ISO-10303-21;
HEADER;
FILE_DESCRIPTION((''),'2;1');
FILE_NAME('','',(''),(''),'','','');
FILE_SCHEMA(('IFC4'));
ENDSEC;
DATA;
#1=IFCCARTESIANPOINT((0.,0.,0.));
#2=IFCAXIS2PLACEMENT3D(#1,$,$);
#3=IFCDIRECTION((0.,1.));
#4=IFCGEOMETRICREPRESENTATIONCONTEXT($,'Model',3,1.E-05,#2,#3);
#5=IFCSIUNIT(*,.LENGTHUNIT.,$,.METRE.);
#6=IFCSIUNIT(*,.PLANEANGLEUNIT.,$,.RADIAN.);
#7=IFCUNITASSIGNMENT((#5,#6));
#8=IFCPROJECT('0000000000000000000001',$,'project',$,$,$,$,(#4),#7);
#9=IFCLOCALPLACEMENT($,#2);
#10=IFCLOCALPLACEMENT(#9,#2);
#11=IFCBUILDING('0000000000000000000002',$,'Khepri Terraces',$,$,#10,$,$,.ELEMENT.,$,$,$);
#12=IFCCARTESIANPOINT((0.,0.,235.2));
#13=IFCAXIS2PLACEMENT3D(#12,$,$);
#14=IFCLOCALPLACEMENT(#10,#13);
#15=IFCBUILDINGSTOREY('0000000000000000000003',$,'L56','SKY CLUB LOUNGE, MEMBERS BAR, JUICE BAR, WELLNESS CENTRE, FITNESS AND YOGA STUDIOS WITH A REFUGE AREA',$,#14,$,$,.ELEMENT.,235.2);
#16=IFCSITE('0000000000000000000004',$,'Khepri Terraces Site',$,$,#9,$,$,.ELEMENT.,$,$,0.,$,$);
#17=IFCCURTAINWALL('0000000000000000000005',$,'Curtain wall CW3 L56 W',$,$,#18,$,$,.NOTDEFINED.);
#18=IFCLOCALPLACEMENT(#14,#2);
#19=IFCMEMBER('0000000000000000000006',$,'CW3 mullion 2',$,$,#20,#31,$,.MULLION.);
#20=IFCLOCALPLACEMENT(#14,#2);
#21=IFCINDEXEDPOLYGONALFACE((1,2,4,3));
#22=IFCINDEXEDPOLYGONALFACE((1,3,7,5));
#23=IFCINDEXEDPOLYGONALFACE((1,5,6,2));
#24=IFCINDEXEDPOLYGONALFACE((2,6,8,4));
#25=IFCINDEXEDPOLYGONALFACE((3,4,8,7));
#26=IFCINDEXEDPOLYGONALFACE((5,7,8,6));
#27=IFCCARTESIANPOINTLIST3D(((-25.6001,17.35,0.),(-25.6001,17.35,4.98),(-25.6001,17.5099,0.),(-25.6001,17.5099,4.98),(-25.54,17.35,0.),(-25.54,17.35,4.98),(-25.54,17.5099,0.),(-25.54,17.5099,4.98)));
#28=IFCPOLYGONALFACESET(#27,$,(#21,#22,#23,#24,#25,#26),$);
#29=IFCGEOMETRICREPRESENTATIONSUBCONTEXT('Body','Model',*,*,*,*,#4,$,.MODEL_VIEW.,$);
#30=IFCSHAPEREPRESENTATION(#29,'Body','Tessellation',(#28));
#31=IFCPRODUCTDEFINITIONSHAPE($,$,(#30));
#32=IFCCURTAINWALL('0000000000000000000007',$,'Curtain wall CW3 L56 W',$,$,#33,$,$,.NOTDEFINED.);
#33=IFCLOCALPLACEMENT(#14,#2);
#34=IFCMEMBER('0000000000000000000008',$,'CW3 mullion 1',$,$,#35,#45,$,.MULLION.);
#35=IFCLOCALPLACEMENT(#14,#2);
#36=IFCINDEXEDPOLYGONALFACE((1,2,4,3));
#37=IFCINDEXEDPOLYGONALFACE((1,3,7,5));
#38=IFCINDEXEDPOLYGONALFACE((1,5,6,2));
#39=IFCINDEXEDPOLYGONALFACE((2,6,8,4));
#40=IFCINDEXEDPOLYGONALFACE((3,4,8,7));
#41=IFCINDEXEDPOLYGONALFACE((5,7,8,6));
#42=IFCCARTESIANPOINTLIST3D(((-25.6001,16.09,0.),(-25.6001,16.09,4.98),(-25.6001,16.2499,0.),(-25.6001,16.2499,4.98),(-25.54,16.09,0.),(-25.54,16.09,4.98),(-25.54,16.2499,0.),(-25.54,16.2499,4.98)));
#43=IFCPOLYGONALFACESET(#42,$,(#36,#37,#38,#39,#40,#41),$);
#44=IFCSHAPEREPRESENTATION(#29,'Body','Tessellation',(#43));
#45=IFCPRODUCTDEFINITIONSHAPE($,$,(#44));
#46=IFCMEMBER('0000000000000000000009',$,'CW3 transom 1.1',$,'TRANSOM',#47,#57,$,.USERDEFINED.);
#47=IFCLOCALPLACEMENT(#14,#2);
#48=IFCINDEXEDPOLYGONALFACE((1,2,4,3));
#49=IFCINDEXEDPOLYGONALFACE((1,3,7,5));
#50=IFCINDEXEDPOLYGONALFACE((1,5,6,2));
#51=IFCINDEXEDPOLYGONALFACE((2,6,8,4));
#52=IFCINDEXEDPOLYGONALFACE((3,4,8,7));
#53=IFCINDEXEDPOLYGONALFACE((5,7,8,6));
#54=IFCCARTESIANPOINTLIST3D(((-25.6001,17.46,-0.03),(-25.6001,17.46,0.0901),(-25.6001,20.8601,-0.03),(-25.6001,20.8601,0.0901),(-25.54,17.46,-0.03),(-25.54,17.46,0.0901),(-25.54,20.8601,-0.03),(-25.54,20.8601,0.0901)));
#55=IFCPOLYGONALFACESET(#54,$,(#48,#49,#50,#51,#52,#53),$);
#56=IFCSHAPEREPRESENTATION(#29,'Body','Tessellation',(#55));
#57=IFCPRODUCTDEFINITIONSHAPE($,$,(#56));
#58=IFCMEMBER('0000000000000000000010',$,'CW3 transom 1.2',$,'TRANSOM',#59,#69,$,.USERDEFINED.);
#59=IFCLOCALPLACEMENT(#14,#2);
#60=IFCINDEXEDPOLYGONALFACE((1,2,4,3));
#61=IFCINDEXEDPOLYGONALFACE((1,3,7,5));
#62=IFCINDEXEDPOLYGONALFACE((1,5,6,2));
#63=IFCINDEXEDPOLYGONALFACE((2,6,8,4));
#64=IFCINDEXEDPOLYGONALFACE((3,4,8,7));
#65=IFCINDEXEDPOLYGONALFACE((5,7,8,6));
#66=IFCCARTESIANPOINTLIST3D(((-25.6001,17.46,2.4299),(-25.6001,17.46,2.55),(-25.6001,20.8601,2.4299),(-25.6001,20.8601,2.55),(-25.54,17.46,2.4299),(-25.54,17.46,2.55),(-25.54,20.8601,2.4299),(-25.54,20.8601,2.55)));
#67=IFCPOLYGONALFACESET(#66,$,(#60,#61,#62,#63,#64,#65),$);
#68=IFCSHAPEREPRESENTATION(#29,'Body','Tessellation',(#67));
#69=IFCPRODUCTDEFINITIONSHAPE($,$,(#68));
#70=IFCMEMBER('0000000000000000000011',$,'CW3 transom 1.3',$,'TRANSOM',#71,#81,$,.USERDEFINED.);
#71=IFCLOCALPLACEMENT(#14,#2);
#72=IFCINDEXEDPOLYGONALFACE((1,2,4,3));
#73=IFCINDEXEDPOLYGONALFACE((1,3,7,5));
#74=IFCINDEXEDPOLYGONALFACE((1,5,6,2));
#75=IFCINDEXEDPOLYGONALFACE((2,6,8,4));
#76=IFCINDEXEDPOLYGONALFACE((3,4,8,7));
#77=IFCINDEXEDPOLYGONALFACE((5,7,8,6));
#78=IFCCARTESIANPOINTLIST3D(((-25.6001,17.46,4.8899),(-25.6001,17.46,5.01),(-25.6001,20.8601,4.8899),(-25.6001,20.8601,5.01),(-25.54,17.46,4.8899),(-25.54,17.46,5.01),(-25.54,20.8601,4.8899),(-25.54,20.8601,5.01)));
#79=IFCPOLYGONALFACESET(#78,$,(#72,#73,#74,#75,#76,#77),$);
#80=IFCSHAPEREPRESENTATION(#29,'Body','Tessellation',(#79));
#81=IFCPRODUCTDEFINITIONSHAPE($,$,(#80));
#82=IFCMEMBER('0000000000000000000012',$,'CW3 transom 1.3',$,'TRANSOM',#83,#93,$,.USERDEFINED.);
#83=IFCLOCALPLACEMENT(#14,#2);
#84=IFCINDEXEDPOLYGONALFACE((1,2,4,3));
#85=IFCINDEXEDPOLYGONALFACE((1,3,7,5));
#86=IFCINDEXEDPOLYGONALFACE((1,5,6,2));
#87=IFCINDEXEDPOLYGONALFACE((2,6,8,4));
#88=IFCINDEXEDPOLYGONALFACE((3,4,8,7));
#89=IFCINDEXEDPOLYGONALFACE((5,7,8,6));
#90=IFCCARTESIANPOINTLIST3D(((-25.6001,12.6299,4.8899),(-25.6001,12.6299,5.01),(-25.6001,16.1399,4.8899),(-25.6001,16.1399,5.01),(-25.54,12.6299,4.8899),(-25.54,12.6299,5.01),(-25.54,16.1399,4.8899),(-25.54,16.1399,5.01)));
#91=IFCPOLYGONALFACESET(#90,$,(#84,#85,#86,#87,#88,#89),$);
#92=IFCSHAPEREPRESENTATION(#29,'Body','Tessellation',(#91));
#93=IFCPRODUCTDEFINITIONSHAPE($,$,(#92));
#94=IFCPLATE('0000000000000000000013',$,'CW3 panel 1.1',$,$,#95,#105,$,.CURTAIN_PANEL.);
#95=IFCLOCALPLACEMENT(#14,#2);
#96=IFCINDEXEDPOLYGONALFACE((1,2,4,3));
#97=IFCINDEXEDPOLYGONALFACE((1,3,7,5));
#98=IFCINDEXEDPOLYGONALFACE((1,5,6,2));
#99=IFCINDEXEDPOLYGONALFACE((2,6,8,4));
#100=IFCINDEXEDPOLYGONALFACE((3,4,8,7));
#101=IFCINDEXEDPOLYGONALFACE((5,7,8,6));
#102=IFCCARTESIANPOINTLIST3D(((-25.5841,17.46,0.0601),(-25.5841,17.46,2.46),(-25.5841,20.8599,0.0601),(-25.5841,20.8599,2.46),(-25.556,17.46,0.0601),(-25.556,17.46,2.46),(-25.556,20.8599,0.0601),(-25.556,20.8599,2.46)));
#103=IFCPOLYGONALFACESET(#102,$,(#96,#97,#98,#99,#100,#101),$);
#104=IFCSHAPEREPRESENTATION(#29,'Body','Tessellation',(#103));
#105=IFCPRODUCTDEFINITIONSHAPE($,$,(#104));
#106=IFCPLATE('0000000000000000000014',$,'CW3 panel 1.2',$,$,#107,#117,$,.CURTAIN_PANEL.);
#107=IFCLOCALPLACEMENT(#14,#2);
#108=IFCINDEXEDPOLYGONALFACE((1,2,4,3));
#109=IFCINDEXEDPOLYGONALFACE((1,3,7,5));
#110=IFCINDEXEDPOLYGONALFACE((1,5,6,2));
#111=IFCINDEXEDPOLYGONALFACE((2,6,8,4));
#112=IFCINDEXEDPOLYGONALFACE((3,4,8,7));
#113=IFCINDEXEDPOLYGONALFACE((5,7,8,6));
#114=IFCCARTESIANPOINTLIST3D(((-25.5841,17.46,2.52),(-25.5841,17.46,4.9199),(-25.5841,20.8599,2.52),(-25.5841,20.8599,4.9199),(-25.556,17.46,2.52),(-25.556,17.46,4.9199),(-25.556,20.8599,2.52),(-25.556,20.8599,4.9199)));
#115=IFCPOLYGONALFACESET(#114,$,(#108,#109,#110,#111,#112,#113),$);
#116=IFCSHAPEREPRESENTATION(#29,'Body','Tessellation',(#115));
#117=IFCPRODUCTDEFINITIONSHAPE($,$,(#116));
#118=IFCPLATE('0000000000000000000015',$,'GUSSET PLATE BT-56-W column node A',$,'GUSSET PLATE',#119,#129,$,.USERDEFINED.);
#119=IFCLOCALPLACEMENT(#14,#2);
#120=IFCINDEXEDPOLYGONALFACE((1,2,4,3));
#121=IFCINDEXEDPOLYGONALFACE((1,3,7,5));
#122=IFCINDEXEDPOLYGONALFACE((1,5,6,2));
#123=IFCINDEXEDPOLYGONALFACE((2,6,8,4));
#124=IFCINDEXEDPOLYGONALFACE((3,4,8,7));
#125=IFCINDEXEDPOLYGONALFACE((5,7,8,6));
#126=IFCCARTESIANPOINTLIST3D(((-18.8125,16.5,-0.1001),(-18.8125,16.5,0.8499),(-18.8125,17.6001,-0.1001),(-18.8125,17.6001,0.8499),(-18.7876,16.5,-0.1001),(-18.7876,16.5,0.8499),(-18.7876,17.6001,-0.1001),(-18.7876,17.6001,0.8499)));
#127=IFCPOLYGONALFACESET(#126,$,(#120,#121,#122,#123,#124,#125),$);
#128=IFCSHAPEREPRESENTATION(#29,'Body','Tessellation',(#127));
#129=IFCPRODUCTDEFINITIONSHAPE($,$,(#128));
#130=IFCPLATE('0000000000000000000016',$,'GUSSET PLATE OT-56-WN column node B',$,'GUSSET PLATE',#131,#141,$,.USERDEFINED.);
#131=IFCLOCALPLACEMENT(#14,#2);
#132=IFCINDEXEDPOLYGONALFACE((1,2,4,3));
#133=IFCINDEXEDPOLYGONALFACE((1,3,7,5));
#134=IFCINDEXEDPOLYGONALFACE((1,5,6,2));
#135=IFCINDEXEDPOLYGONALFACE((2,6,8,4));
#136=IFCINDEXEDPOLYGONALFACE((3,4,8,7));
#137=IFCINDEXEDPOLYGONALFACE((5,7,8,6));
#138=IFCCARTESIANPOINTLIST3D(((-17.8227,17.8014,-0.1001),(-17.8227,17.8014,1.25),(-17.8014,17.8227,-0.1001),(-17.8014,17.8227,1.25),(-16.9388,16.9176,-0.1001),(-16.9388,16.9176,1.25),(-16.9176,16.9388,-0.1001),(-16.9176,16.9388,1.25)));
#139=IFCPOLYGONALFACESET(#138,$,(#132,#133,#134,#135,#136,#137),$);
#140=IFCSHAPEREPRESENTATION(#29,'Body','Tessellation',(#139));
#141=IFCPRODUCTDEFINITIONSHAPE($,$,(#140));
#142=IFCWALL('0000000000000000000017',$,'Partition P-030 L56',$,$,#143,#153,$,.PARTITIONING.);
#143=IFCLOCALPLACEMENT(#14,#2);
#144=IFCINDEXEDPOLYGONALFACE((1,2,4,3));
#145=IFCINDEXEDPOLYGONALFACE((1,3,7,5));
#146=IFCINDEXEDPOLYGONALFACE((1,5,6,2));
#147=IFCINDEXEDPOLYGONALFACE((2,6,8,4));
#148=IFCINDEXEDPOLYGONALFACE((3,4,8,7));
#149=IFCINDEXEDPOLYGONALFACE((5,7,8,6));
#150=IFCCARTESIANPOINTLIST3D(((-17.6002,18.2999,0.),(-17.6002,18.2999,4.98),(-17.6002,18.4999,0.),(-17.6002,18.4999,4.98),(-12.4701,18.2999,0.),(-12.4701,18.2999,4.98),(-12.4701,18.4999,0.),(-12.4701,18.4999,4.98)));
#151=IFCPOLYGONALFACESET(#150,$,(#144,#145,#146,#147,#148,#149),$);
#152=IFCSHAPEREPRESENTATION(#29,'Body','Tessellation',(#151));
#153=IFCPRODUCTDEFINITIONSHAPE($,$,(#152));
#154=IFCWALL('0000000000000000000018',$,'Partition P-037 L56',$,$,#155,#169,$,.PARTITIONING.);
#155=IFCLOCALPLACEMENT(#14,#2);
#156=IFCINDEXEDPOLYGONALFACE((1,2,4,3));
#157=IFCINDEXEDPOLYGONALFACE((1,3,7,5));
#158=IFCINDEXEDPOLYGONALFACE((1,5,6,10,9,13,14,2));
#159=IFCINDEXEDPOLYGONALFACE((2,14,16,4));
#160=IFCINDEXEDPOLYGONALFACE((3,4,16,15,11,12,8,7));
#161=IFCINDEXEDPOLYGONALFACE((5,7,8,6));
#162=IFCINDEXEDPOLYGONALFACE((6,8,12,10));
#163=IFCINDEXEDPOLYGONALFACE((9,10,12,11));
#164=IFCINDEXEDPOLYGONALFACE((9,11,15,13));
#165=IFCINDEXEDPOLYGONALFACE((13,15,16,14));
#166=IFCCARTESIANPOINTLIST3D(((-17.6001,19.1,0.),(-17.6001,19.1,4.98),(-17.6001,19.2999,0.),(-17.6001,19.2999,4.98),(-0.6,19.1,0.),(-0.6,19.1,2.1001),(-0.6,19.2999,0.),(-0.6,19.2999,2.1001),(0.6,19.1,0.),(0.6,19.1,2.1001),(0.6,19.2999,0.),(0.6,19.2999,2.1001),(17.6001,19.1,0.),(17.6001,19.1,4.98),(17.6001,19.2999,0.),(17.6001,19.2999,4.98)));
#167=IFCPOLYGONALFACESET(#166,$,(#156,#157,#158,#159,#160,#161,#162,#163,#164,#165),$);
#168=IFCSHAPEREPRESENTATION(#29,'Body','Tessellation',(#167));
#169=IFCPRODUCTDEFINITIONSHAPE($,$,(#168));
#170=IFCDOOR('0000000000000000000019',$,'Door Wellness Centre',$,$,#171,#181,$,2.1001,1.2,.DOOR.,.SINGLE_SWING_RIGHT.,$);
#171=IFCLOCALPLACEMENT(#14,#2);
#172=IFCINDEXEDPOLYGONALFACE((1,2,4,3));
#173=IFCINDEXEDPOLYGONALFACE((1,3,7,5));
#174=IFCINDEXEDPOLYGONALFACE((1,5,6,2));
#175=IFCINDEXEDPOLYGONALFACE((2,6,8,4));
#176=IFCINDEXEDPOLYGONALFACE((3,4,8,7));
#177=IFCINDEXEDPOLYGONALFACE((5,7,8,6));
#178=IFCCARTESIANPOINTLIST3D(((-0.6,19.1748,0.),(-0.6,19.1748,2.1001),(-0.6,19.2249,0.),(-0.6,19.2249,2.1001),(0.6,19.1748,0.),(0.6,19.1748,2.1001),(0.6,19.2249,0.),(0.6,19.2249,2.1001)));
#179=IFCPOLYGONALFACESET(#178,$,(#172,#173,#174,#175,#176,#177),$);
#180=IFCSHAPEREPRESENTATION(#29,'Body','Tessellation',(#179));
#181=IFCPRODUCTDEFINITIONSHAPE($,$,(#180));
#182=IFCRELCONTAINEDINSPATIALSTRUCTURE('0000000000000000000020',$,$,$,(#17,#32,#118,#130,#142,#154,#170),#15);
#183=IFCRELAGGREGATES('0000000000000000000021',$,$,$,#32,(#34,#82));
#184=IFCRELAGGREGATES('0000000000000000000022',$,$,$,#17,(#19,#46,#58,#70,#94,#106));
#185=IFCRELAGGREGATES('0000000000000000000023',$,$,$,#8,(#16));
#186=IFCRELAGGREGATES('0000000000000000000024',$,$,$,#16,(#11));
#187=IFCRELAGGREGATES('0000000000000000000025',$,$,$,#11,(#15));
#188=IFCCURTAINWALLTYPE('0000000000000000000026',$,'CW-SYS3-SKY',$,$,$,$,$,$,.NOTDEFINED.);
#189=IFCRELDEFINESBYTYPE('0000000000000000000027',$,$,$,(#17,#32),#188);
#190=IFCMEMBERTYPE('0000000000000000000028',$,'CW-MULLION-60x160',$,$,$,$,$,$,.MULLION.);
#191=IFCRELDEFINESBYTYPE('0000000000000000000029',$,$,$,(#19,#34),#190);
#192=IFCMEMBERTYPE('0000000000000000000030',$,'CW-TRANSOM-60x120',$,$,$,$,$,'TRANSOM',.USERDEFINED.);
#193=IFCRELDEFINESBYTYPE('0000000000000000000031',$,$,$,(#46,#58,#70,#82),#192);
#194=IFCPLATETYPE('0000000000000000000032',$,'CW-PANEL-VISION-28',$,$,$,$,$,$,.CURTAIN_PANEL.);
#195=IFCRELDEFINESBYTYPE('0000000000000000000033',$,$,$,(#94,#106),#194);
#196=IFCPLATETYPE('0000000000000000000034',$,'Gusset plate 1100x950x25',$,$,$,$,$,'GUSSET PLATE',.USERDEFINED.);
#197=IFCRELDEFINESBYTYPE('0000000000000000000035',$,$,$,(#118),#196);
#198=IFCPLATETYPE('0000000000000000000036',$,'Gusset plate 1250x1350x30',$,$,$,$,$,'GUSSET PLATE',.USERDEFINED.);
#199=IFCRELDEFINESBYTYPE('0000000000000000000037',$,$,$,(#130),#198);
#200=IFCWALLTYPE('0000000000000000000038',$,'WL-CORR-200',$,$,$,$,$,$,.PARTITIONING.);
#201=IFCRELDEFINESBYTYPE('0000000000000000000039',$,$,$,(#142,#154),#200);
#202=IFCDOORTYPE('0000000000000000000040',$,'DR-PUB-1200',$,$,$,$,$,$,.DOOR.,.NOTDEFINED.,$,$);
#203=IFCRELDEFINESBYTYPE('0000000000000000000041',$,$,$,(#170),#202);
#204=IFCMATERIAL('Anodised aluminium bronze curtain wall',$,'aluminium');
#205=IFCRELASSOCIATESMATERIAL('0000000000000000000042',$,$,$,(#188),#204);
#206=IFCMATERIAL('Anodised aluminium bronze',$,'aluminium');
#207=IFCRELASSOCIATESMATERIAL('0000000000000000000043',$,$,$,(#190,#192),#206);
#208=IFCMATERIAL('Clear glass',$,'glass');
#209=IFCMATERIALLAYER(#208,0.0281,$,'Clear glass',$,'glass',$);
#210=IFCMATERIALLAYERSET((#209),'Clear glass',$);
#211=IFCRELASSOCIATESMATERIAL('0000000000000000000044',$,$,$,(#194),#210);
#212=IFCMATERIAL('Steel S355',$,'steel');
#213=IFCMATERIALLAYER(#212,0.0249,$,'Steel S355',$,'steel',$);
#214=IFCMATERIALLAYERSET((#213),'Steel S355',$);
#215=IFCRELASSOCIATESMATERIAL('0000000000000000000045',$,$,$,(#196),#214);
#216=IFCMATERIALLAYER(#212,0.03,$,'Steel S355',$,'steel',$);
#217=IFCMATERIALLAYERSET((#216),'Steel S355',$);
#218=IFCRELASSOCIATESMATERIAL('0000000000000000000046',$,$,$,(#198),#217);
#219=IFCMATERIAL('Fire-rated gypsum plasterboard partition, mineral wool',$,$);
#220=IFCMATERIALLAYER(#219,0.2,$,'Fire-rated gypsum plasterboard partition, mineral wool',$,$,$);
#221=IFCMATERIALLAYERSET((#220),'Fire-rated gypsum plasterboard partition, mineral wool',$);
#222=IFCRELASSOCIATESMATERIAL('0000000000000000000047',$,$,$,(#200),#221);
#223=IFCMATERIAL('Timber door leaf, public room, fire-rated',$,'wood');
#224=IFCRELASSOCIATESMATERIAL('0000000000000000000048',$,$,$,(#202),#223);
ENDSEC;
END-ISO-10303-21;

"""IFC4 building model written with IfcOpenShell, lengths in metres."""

from ifc_helpers import new_model, si_unit, direction, frame, frame_2d, origin, origin_2d, place, context, subcontext, project, spatial, rectangle, extrude, material, layer, layer_set, material_profile, profile_set, type_object, element, fill, aggregate, save


model = new_model("IFC4")

# Units and contexts
model_context = context("Model", 3, precision=1e-05, world=origin(), true_north=direction((0.0, 1.0)))
body_context = subcontext(model_context, "Body", "Model", "MODEL_VIEW")
ifc_project = project(units=[si_unit("LENGTHUNIT", "METRE"), si_unit("PLANEANGLEUNIT", "RADIAN")], contexts=[model_context])

# Site, building, storey
site_placement = place(None, origin())
site = spatial("IfcSite", under=ifc_project, at=site_placement, Name="Khepri Terraces Site", CompositionType="ELEMENT", RefElevation=0.0)
building_placement = place(site_placement, origin())
building = spatial("IfcBuilding", under=site, at=building_placement, Name="Khepri Terraces", CompositionType="ELEMENT")
storey_placement = place(building_placement, frame((0.0, 0.0, 235.2)))
storey = spatial("IfcBuildingStorey", under=building, at=storey_placement, Name="L56", Description="SKY CLUB LOUNGE, MEMBERS BAR, JUICE BAR, WELLNESS CENTRE, FITNESS AND YOGA STUDIOS WITH A REFUGE AREA", CompositionType="ELEMENT", Elevation=235.2)

# Shared definitions
ifc_material_1 = material(Name="Steel S355", Category="steel")

# Curtain wall, member
ifc_material_2 = material(Name="Anodised aluminium bronze curtain wall", Category="aluminium")
curtain_wall_type = type_object("IfcCurtainWallType", Name="CW-SYS3-SKY", PredefinedType="NOTDEFINED", material=ifc_material_2)
curtain_wall_1_placement = place(storey_placement, origin())
curtain_wall_1 = element("IfcCurtainWall", 1, at=curtain_wall_1_placement, inside=storey, type_object=curtain_wall_type, Name="Curtain wall CW3 L56 W", PredefinedType="NOTDEFINED")
ifc_material_3 = material(Name="Anodised aluminium bronze", Category="aluminium")
ifc_material_profile_1 = material_profile(ifc_material_3, rectangle(XDim=0.0601, YDim=0.1599, at=origin_2d()), Name="Anodised aluminium bronze", Category="aluminium")
ifc_profile_set_1 = profile_set([ifc_material_profile_1], Name="Anodised aluminium bronze")
member_type_1 = type_object("IfcMemberType", Name="CW-MULLION-60x160", PredefinedType="MULLION", material=ifc_profile_set_1)
member_1_placement = place(storey_placement, frame((-25.5701, 17.4299, 0.0), z_axis=(0.0, 0.0, 1.0), x_axis=(1.0, 0.0, 0.0)))
member_1 = element("IfcMember", 2, at=member_1_placement, type_object=member_type_1, Name="CW3 mullion 2", PredefinedType="MULLION", context=body_context, shape_type="SweptSolid", body=[
    extrude(rectangle(XDim=0.0601, YDim=0.1599, at=origin_2d()), origin(), (0.0, 0.0, 1.0), 4.98),
])

# Curtain wall, member
curtain_wall_2_placement = place(storey_placement, origin())
curtain_wall_2 = element("IfcCurtainWall", 3, at=curtain_wall_2_placement, inside=storey, type_object=curtain_wall_type, Name="Curtain wall CW3 L56 W", PredefinedType="NOTDEFINED")
member_2_placement = place(storey_placement, frame((-25.5701, 16.1699, 0.0), z_axis=(0.0, 0.0, 1.0), x_axis=(1.0, 0.0, 0.0)))
member_2 = element("IfcMember", 4, at=member_2_placement, type_object=member_type_1, Name="CW3 mullion 1", PredefinedType="MULLION", context=body_context, shape_type="SweptSolid", body=[
    extrude(rectangle(XDim=0.0601, YDim=0.1599, at=origin_2d()), origin(), (0.0, 0.0, 1.0), 4.98),
])

# Members
ifc_material_profile_2 = material_profile(ifc_material_3, rectangle(XDim=0.0601, YDim=0.1201, at=origin_2d()), Name="Anodised aluminium bronze", Category="aluminium")
ifc_profile_set_2 = profile_set([ifc_material_profile_2], Name="Anodised aluminium bronze")
member_type_2 = type_object("IfcMemberType", Name="CW-TRANSOM-60x120", ElementType="TRANSOM", PredefinedType="USERDEFINED", material=ifc_profile_set_2)
member_3_placement = place(storey_placement, frame((-25.5701, 20.8601, 0.03), z_axis=(0.0, -1.0, 0.0), x_axis=(1.0, 0.0, 0.0)))
member_3 = element("IfcMember", 5, at=member_3_placement, type_object=member_type_2, Name="CW3 transom 1.1", ObjectType="TRANSOM", PredefinedType="USERDEFINED", context=body_context, shape_type="SweptSolid", body=[
    extrude(rectangle(XDim=0.0601, YDim=0.1201, at=origin_2d()), origin(), (0.0, 0.0, 1.0), 3.4001),
])
member_4_placement = place(storey_placement, frame((-25.5701, 20.8601, 2.49), z_axis=(0.0, -1.0, 0.0), x_axis=(1.0, 0.0, 0.0)))
member_4 = element("IfcMember", 6, at=member_4_placement, type_object=member_type_2, Name="CW3 transom 1.2", ObjectType="TRANSOM", PredefinedType="USERDEFINED", context=body_context, shape_type="SweptSolid", body=[
    extrude(rectangle(XDim=0.0601, YDim=0.1201, at=origin_2d()), origin(), (0.0, 0.0, 1.0), 3.4001),
])
member_5_placement = place(storey_placement, frame((-25.5701, 20.8601, 4.95), z_axis=(0.0, -1.0, 0.0), x_axis=(1.0, 0.0, 0.0)))
member_5 = element("IfcMember", 7, at=member_5_placement, type_object=member_type_2, Name="CW3 transom 1.3", ObjectType="TRANSOM", PredefinedType="USERDEFINED", context=body_context, shape_type="SweptSolid", body=[
    extrude(rectangle(XDim=0.0601, YDim=0.1201, at=origin_2d()), origin(), (0.0, 0.0, 1.0), 3.4001),
])
member_6_placement = place(storey_placement, frame((-25.5701, 16.1399, 4.95), z_axis=(0.0, -1.0, 0.0), x_axis=(1.0, 0.0, 0.0)))
member_6 = element("IfcMember", 8, at=member_6_placement, type_object=member_type_2, Name="CW3 transom 1.3", ObjectType="TRANSOM", PredefinedType="USERDEFINED", context=body_context, shape_type="SweptSolid", body=[
    extrude(rectangle(XDim=0.0601, YDim=0.1201, at=origin_2d()), origin(), (0.0, 0.0, 1.0), 3.51),
])
aggregate(curtain_wall_2, [member_2, member_6])

# Plates
ifc_material_4 = material(Name="Clear glass", Category="glass")
ifc_layer_1 = layer(ifc_material_4, 0.0281, Name="Clear glass", Category="glass")
ifc_layer_set_1 = layer_set([ifc_layer_1], Name="Clear glass")
plate_type_1 = type_object("IfcPlateType", Name="CW-PANEL-VISION-28", PredefinedType="CURTAIN_PANEL", material=ifc_layer_set_1)
plate_1_placement = place(storey_placement, frame((-25.5701, 19.1599, 0.0601), z_axis=(0.0, 0.0, 1.0), x_axis=(0.0, -1.0, 0.0)))
plate_1 = element("IfcPlate", 9, at=plate_1_placement, type_object=plate_type_1, Name="CW3 panel 1.1", PredefinedType="CURTAIN_PANEL", context=body_context, shape_type="SweptSolid", body=[
    extrude(rectangle(XDim=3.3999, YDim=0.0281, at=origin_2d()), origin(), (0.0, 0.0, 1.0), 2.3999),
])
plate_2_placement = place(storey_placement, frame((-25.5701, 19.1599, 2.52), z_axis=(0.0, 0.0, 1.0), x_axis=(0.0, -1.0, 0.0)))
plate_2 = element("IfcPlate", 10, at=plate_2_placement, type_object=plate_type_1, Name="CW3 panel 1.2", PredefinedType="CURTAIN_PANEL", context=body_context, shape_type="SweptSolid", body=[
    extrude(rectangle(XDim=3.3999, YDim=0.0281, at=origin_2d()), origin(), (0.0, 0.0, 1.0), 2.3999),
])
aggregate(curtain_wall_1, [member_1, member_3, member_4, member_5, plate_1, plate_2])

# Plates
ifc_layer_2 = layer(ifc_material_1, 0.0249, Name="Steel S355", Category="steel")
ifc_layer_set_2 = layer_set([ifc_layer_2], Name="Steel S355")
plate_type_2 = type_object("IfcPlateType", Name="Gusset plate 1100x950x25", ElementType="GUSSET PLATE", PredefinedType="USERDEFINED", material=ifc_layer_set_2)
plate_3_placement = place(storey_placement, frame((-18.8, 17.05, -0.1001), z_axis=(0.0, 0.0, 1.0), x_axis=(0.0, -1.0, 0.0)))
element("IfcPlate", 11, at=plate_3_placement, inside=storey, type_object=plate_type_2, Name="GUSSET PLATE BT-56-W column node A", ObjectType="GUSSET PLATE", PredefinedType="USERDEFINED", context=body_context, shape_type="SweptSolid", body=[
    extrude(rectangle(XDim=1.1001, YDim=0.0249, at=origin_2d()), origin(), (0.0, 0.0, 1.0), 0.95),
])
ifc_layer_3 = layer(ifc_material_1, 0.03, Name="Steel S355", Category="steel")
ifc_layer_set_3 = layer_set([ifc_layer_3], Name="Steel S355")
plate_type_3 = type_object("IfcPlateType", Name="Gusset plate 1250x1350x30", ElementType="GUSSET PLATE", PredefinedType="USERDEFINED", material=ifc_layer_set_3)
plate_4_placement = place(storey_placement, frame((-17.3701, 17.3701, -0.1001), z_axis=(0.0, 0.0, 1.0), x_axis=(-0.707107, 0.707107, 0.0)))
element("IfcPlate", 12, at=plate_4_placement, inside=storey, type_object=plate_type_3, Name="GUSSET PLATE OT-56-WN column node B", ObjectType="GUSSET PLATE", PredefinedType="USERDEFINED", context=body_context, shape_type="SweptSolid", body=[
    extrude(rectangle(XDim=1.25, YDim=0.03, at=origin_2d()), origin(), (0.0, 0.0, 1.0), 1.3501),
])

# Wall
ifc_material_5 = material(Name="Fire-rated gypsum plasterboard partition, mineral wool")
ifc_layer_4 = layer(ifc_material_5, 0.2, Name="Fire-rated gypsum plasterboard partition, mineral wool")
ifc_layer_set_4 = layer_set([ifc_layer_4], Name="Fire-rated gypsum plasterboard partition, mineral wool")
wall_type_1 = type_object("IfcWallType", Name="WL-CORR-200", PredefinedType="PARTITIONING", material=ifc_layer_set_4)
wall_1_placement = place(storey_placement, frame((-17.6001, 18.3999, 0.0), z_axis=(0.0, 0.0, 1.0), x_axis=(1.0, 0.0, 0.0)))
element("IfcWall", 13, at=wall_1_placement, inside=storey, type_object=wall_type_1, Name="Partition P-030 L56", PredefinedType="PARTITIONING", context=body_context, shape_type="SweptSolid", body=[
    extrude(rectangle(XDim=5.1301, YDim=0.2, at=frame_2d((2.5649, 0.0))), origin(), (0.0, 0.0, 1.0), 4.98),
])

# Wall, opening, door
wall_2_placement = place(storey_placement, frame((-17.6001, 19.2, 0.0), z_axis=(0.0, 0.0, 1.0), x_axis=(1.0, 0.0, 0.0)))
wall_2 = element("IfcWall", 14, at=wall_2_placement, inside=storey, type_object=wall_type_1, Name="Partition P-037 L56", PredefinedType="PARTITIONING", context=body_context, shape_type="SweptSolid", body=[
    extrude(rectangle(XDim=35.2002, YDim=0.2, at=frame_2d((17.6001, 0.0))), origin(), (0.0, 0.0, 1.0), 4.98),
])
opening_1_placement = place(wall_2_placement, frame((17.0, 0.0, 0.0)))
opening_1 = element("IfcOpeningElement", 15, at=opening_1_placement, cuts=wall_2, PredefinedType="OPENING", context=body_context, shape_type="SweptSolid", body=[
    extrude(rectangle(XDim=1.2, YDim=2.1001, at=frame_2d((0.6001, 1.05))), frame((0.0, 0.1099, 0.0), z_axis=(0.0, -1.0, 0.0), x_axis=(1.0, 0.0, 0.0)), (0.0, 0.0, 1.0), 0.22),
])
ifc_material_6 = material(Name="Timber door leaf, public room, fire-rated", Category="wood")
door_type_1 = type_object("IfcDoorType", Name="DR-PUB-1200", OperationType="NOTDEFINED", PredefinedType="DOOR", material=ifc_material_6)
door_1_placement = place(opening_1_placement, origin())
door_1 = element("IfcDoor", 16, at=door_1_placement, inside=storey, type_object=door_type_1, Name="Door Wellness Centre", OperationType="SINGLE_SWING_RIGHT", OverallHeight=2.1001, OverallWidth=1.2, PredefinedType="DOOR", context=body_context, shape_type="SweptSolid", body=[
    extrude(rectangle(XDim=1.2, YDim=2.1001, at=frame_2d((0.6001, 1.05))), frame((0.0, 0.0249, 0.0), z_axis=(0.0, -1.0, 0.0), x_axis=(1.0, 0.0, 0.0)), (0.0, 0.0, 1.0), 0.05),
])
fill(opening_1, door_1)

save(model, "model.ifc")
